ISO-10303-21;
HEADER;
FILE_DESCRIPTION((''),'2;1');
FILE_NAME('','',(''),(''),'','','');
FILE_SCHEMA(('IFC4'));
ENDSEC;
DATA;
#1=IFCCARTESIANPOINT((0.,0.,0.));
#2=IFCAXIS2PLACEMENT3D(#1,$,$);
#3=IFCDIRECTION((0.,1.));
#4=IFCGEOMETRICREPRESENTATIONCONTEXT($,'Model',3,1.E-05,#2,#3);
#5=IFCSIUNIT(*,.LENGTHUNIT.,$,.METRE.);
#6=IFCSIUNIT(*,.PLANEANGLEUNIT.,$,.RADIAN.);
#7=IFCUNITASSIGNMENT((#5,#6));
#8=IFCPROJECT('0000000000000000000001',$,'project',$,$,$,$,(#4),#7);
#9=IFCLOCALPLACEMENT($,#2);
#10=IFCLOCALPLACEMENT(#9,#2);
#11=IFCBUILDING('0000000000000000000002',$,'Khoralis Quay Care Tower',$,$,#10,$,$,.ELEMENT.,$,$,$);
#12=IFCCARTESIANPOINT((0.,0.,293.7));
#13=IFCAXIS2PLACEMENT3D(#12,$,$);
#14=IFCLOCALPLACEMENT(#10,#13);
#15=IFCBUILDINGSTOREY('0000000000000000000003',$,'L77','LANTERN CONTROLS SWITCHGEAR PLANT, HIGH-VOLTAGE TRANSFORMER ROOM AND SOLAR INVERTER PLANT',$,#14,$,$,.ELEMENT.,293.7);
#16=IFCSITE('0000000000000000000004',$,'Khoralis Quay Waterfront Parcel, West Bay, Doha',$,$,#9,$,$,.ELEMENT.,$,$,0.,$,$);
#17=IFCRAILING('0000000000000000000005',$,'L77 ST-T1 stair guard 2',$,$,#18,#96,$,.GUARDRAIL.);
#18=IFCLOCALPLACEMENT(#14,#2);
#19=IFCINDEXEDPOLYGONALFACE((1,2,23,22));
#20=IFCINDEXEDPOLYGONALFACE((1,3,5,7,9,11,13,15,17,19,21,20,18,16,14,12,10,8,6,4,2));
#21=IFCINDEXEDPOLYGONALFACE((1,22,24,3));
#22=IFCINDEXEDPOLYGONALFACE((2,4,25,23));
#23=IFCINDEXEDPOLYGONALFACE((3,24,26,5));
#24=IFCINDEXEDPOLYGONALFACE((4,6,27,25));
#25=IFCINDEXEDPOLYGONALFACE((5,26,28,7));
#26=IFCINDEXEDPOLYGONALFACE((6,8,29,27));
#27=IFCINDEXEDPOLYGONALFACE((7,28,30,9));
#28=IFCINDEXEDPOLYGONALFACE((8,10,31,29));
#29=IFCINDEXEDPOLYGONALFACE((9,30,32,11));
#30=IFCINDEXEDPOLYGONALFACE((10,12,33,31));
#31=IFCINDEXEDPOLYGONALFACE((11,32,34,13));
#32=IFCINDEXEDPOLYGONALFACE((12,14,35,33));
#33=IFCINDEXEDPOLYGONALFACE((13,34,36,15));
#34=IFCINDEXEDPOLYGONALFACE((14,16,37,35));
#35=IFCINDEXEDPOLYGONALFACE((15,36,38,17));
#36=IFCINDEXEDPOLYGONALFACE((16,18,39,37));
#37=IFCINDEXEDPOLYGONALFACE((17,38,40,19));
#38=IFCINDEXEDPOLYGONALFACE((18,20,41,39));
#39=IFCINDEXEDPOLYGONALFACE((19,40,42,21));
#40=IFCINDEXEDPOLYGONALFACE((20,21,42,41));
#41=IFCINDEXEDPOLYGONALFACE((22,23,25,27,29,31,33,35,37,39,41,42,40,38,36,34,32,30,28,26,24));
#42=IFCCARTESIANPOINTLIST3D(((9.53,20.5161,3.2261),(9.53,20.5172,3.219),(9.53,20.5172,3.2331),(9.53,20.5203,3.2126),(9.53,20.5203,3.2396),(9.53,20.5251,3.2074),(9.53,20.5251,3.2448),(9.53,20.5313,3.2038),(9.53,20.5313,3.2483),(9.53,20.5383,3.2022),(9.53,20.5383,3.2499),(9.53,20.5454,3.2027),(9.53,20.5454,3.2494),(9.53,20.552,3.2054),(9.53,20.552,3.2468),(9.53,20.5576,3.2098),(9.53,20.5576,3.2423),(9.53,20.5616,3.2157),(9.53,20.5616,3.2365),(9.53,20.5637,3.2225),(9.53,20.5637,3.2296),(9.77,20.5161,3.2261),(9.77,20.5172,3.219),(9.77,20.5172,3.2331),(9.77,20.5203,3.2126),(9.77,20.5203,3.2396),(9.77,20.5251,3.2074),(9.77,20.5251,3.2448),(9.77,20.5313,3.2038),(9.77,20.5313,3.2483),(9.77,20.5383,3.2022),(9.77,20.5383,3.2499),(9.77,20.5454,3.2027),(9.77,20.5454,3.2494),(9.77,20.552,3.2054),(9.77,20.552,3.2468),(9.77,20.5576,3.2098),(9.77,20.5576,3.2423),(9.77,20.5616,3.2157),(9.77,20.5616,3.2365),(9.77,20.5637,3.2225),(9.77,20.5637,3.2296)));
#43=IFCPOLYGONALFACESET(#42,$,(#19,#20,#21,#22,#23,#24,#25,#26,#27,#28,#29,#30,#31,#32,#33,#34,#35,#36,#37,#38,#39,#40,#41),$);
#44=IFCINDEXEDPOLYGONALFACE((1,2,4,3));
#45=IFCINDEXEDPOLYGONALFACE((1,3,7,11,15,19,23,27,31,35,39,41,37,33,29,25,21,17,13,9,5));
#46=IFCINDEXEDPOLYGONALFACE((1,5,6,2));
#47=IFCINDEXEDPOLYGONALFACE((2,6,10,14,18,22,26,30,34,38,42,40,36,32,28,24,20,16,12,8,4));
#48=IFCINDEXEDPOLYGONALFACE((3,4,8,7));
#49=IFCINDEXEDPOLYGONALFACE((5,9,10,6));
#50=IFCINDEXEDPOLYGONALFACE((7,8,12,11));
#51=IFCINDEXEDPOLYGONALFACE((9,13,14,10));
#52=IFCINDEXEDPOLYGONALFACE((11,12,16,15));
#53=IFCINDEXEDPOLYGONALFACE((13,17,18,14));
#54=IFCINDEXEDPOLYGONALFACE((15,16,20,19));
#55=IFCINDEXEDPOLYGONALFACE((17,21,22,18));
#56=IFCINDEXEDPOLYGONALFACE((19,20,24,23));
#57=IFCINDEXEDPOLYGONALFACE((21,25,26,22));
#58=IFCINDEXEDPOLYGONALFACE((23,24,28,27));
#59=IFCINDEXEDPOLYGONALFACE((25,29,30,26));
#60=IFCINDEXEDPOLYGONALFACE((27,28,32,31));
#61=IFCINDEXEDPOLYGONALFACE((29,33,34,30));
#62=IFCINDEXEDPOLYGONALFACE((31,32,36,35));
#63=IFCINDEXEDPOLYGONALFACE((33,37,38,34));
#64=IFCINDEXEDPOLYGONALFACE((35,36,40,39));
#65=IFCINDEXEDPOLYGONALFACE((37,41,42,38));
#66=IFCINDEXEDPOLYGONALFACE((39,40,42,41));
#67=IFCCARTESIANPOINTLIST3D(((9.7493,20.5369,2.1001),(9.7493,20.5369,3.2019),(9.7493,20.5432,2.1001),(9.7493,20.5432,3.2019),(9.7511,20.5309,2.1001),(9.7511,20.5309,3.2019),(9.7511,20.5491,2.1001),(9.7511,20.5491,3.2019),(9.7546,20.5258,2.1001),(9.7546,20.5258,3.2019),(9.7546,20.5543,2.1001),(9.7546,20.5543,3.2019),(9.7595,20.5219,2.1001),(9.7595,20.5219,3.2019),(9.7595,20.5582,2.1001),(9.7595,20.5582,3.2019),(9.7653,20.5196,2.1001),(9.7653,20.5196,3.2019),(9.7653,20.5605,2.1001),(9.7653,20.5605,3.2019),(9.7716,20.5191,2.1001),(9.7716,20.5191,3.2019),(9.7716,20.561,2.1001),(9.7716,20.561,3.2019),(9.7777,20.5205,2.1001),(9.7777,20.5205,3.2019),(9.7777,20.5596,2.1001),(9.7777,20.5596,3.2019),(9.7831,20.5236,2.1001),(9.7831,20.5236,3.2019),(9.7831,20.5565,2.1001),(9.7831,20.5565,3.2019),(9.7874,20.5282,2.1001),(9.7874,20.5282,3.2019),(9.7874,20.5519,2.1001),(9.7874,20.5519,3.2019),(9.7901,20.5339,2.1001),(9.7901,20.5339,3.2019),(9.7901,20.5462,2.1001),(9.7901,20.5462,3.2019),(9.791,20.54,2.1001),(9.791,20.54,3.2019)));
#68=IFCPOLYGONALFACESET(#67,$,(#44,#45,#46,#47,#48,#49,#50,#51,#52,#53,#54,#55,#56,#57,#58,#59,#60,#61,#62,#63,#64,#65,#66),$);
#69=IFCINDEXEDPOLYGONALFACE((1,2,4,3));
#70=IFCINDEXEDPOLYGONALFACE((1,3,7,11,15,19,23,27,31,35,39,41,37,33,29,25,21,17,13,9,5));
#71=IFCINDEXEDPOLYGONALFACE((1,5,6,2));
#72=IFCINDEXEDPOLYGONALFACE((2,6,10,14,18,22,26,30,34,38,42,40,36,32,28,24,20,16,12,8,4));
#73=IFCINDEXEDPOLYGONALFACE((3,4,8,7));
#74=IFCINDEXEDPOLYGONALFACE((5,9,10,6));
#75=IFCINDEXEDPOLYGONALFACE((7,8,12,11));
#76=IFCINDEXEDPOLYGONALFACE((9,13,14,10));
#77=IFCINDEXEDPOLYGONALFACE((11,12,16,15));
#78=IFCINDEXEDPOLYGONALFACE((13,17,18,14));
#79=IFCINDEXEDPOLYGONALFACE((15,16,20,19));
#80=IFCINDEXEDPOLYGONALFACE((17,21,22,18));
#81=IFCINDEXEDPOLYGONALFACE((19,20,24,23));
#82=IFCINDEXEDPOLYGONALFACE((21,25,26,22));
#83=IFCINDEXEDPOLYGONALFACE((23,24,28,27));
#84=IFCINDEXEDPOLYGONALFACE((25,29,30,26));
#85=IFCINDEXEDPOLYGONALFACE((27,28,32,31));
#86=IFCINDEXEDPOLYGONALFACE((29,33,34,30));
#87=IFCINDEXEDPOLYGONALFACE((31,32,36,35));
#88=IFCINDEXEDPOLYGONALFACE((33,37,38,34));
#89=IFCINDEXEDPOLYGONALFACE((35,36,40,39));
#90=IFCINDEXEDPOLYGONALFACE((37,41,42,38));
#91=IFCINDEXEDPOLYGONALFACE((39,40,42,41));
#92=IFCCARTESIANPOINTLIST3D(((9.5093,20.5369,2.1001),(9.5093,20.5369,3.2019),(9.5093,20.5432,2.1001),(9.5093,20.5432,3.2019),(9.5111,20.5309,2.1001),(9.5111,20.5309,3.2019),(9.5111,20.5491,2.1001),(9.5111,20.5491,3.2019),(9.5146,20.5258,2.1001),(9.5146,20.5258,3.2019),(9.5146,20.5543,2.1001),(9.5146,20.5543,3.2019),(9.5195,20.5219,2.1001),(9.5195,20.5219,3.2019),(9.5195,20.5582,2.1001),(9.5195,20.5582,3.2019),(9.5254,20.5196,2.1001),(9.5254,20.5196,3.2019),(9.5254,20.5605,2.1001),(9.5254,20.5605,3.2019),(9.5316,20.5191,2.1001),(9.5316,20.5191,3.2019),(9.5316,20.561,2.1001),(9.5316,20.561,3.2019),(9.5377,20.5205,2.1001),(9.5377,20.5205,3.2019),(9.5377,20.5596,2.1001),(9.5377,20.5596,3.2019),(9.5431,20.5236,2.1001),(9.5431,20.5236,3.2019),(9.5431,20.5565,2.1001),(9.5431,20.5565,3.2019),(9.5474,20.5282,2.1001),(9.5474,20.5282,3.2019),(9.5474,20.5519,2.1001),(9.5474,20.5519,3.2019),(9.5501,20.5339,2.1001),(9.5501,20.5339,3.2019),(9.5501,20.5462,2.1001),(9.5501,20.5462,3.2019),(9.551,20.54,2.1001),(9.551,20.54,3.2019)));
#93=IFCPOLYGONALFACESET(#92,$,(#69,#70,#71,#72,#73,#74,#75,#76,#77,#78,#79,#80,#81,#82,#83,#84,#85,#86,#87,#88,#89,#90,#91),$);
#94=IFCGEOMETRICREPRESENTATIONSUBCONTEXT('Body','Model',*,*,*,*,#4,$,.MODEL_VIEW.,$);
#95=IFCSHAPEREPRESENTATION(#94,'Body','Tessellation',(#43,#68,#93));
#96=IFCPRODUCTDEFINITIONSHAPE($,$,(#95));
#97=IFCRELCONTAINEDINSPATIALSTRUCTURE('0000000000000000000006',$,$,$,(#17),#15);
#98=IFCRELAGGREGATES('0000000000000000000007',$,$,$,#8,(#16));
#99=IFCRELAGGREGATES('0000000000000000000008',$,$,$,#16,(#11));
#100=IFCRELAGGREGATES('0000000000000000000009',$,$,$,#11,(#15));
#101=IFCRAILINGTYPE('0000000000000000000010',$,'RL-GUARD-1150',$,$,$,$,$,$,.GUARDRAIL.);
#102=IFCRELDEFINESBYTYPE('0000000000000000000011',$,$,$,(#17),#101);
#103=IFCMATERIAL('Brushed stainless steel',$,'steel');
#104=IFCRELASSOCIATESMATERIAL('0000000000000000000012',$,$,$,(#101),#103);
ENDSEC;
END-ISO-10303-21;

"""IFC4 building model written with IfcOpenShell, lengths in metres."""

from ifc_helpers import new_model, si_unit, direction, frame, origin, origin_2d, place, context, subcontext, project, spatial, circle, extrude, material, type_object, element, save


model = new_model("IFC4")

# Units and contexts
model_context = context("Model", 3, precision=1e-05, world=origin(), true_north=direction((0.0, 1.0)))
body_context = subcontext(model_context, "Body", "Model", "MODEL_VIEW")
ifc_project = project(units=[si_unit("LENGTHUNIT", "METRE"), si_unit("PLANEANGLEUNIT", "RADIAN")], contexts=[model_context])

# Site, building, storey
site_placement = place(None, origin())
site = spatial("IfcSite", under=ifc_project, at=site_placement, Name="Khoralis Quay Waterfront Parcel, West Bay, Doha", CompositionType="ELEMENT", RefElevation=0.0)
building_placement = place(site_placement, origin())
building = spatial("IfcBuilding", under=site, at=building_placement, Name="Khoralis Quay Care Tower", CompositionType="ELEMENT")
storey_placement = place(building_placement, frame((0.0, 0.0, 293.7)))
storey = spatial("IfcBuildingStorey", under=building, at=storey_placement, Name="L77", Description="LANTERN CONTROLS SWITCHGEAR PLANT, HIGH-VOLTAGE TRANSFORMER ROOM AND SOLAR INVERTER PLANT", CompositionType="ELEMENT", Elevation=293.7)

# Railing
ifc_material_1 = material(Name="Brushed stainless steel", Category="steel")
railing_type = type_object("IfcRailingType", Name="RL-GUARD-1150", PredefinedType="GUARDRAIL", material=ifc_material_1)
railing_1_placement = place(storey_placement, frame((9.77, 20.54, 2.1001)))
element("IfcRailing", 1, at=railing_1_placement, inside=storey, type_object=railing_type, Name="L77 ST-T1 stair guard 2", PredefinedType="GUARDRAIL", context=body_context, shape_type="SweptSolid", body=[
    extrude(circle(Radius=0.0239, at=origin_2d()), frame((0.0, 0.0, 1.126), z_axis=(-1.0, 0.0, 0.0), x_axis=(0.0, -1.0, 0.0)), (0.0, 0.0, 1.0), 0.24),
    extrude(circle(Radius=0.021, at=origin_2d()), origin(), (0.0, 0.0, 1.0), 1.1018),
    extrude(circle(Radius=0.021, at=origin_2d()), frame((-0.24, 0.0, 0.0)), (0.0, 0.0, 1.0), 1.1018),
])

save(model, "model.ifc")
